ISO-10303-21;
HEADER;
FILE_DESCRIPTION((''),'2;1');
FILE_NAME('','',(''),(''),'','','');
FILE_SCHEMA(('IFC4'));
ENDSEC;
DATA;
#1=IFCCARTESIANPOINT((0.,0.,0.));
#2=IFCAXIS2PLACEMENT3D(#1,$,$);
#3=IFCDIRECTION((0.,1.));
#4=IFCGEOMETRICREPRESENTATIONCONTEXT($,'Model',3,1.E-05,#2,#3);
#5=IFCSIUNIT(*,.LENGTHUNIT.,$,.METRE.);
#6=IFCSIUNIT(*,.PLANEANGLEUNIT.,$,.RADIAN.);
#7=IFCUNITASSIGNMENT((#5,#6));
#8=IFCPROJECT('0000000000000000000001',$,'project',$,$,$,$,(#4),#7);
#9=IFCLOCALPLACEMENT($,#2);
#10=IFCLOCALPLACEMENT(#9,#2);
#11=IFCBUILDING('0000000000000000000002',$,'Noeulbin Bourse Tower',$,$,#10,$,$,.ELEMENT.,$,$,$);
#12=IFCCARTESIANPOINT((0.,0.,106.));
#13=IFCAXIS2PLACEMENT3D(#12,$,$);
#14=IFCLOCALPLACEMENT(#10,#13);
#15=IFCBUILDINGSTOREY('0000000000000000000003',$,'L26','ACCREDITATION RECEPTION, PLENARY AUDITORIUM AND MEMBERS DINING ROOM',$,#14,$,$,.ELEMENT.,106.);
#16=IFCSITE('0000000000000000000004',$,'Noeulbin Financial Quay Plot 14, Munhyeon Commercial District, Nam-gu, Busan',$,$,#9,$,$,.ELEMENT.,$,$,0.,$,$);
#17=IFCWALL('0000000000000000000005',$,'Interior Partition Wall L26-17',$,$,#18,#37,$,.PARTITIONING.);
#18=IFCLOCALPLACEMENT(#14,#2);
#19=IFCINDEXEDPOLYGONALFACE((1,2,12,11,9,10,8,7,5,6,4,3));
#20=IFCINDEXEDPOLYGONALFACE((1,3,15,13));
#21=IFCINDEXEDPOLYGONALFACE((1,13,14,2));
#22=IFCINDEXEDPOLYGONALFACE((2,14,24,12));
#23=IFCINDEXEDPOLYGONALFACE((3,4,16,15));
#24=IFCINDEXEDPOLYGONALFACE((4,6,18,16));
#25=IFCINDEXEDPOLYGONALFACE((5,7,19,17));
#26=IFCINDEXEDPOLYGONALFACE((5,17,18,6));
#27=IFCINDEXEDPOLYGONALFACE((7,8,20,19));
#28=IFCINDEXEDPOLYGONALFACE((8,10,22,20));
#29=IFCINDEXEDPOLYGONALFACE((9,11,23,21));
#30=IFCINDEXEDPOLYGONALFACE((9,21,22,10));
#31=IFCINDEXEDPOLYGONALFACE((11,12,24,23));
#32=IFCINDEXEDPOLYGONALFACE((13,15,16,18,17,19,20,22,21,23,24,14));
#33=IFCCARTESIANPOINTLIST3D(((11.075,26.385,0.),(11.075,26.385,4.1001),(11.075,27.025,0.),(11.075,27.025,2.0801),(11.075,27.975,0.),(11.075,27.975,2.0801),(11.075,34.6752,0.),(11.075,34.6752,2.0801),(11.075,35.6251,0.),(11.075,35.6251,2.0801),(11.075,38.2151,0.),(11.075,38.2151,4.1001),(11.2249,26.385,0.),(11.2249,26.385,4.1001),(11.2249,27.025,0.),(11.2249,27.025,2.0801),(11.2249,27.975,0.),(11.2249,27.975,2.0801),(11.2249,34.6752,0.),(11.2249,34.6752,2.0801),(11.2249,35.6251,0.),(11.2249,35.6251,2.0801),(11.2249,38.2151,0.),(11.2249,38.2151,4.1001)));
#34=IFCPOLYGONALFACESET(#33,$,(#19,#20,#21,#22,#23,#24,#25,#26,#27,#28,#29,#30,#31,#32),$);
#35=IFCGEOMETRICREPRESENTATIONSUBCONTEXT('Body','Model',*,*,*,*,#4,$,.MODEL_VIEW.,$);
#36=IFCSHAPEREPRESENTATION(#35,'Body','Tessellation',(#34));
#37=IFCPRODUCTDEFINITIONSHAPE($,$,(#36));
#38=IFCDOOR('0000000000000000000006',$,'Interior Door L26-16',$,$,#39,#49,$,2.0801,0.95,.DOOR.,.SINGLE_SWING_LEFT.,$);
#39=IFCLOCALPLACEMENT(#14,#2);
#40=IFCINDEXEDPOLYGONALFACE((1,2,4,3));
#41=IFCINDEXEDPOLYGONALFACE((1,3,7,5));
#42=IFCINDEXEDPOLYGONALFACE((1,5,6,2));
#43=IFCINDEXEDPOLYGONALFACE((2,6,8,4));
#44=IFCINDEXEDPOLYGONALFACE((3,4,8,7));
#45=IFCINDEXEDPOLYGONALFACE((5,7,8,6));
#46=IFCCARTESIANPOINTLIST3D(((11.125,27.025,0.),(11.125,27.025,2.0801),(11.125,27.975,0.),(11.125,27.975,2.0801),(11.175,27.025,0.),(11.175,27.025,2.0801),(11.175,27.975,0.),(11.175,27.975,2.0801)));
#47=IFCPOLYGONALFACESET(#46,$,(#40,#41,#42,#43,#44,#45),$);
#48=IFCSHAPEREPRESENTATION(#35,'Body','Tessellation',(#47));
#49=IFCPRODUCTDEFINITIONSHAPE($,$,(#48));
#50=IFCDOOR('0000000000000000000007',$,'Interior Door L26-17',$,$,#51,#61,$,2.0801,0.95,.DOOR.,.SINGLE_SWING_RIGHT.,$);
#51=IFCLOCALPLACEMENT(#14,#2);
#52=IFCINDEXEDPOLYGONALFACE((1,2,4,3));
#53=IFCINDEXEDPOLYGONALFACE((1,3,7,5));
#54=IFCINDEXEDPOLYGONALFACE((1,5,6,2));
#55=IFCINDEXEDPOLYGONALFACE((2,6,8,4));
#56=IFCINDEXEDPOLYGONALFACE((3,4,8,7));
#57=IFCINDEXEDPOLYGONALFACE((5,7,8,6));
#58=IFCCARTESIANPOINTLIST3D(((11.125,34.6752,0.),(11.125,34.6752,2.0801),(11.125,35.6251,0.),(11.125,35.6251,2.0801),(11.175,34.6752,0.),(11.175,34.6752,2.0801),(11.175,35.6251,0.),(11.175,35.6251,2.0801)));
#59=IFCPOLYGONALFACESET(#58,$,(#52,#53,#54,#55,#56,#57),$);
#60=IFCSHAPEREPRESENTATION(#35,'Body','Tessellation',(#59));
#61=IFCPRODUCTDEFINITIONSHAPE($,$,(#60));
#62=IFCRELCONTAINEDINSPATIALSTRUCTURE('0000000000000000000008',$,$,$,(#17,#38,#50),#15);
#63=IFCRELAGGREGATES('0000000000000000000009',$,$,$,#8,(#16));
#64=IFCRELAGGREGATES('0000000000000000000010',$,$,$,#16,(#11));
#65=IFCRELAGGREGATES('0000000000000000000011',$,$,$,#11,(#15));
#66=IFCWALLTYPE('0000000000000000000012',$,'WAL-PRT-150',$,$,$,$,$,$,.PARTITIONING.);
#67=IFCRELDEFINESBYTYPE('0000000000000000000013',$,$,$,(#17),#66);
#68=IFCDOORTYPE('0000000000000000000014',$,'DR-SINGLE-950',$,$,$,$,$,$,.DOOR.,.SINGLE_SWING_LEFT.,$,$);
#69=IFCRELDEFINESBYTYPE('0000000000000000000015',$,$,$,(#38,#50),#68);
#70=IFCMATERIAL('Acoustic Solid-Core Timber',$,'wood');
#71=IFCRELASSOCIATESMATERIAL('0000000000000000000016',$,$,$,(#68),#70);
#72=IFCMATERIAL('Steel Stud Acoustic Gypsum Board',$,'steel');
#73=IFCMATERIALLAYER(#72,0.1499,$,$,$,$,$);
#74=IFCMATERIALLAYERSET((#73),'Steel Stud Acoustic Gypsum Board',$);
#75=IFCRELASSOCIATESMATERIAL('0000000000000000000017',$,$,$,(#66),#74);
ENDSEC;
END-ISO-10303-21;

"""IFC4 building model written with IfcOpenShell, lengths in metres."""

from ifc_helpers import new_model, si_unit, direction, frame, frame_2d, origin, place, context, subcontext, project, spatial, rectangle, extrude, material, layer, layer_set, type_object, element, fill, save


model = new_model("IFC4")

# Units and contexts
model_context = context("Model", 3, precision=1e-05, world=origin(), true_north=direction((0.0, 1.0)))
body_context = subcontext(model_context, "Body", "Model", "MODEL_VIEW")
ifc_project = project(units=[si_unit("LENGTHUNIT", "METRE"), si_unit("PLANEANGLEUNIT", "RADIAN")], contexts=[model_context])

# Site, building, storey
site_placement = place(None, origin())
site = spatial("IfcSite", under=ifc_project, at=site_placement, Name="Noeulbin Financial Quay Plot 14, Munhyeon Commercial District, Nam-gu, Busan", CompositionType="ELEMENT", RefElevation=0.0)
building_placement = place(site_placement, origin())
building = spatial("IfcBuilding", under=site, at=building_placement, Name="Noeulbin Bourse Tower", CompositionType="ELEMENT")
storey_placement = place(building_placement, frame((0.0, 0.0, 106.0)))
storey = spatial("IfcBuildingStorey", under=building, at=storey_placement, Name="L26", Description="ACCREDITATION RECEPTION, PLENARY AUDITORIUM AND MEMBERS DINING ROOM", CompositionType="ELEMENT", Elevation=106.0)

# Wall, openings, doors
ifc_material_1 = material(Name="Acoustic Solid-Core Timber", Category="wood")
door_type_1 = type_object("IfcDoorType", Name="DR-SINGLE-950", OperationType="SINGLE_SWING_LEFT", PredefinedType="DOOR", material=ifc_material_1)
ifc_material_2 = material(Name="Steel Stud Acoustic Gypsum Board", Category="steel")
ifc_layer_1 = layer(ifc_material_2, 0.1499)
ifc_layer_set_1 = layer_set([ifc_layer_1], Name="Steel Stud Acoustic Gypsum Board")
wall_type_1 = type_object("IfcWallType", Name="WAL-PRT-150", PredefinedType="PARTITIONING", material=ifc_layer_set_1)
wall_1_placement = place(storey_placement, frame((11.1499, 26.385, 0.0), z_axis=(0.0, 0.0, 1.0), x_axis=(0.0, 1.0, 0.0)))
wall_1 = element("IfcWall", 1, at=wall_1_placement, inside=storey, type_object=wall_type_1, Name="Interior Partition Wall L26-17", PredefinedType="PARTITIONING", context=body_context, shape_type="SweptSolid", body=[
    extrude(rectangle(XDim=11.8301, YDim=0.1499, at=frame_2d((5.915, 0.0))), origin(), (0.0, 0.0, 1.0), 4.1001),
])
opening_1_placement = place(wall_1_placement, frame((0.6399, 0.0, 0.0)))
opening_1 = element("IfcOpeningElement", 2, at=opening_1_placement, cuts=wall_1, PredefinedType="OPENING", context=body_context, shape_type="SweptSolid", body=[
    extrude(rectangle(XDim=0.95, YDim=2.0801, at=frame_2d((0.4751, 1.04))), frame((0.0, 0.085, 0.0), z_axis=(0.0, -1.0, 0.0), x_axis=(1.0, 0.0, 0.0)), (0.0, 0.0, 1.0), 0.1699),
])
opening_2_placement = place(wall_1_placement, frame((8.29, 0.0, 0.0)))
opening_2 = element("IfcOpeningElement", 3, at=opening_2_placement, cuts=wall_1, PredefinedType="OPENING", context=body_context, shape_type="SweptSolid", body=[
    extrude(rectangle(XDim=0.95, YDim=2.0801, at=frame_2d((0.4751, 1.04))), frame((0.0, 0.085, 0.0), z_axis=(0.0, -1.0, 0.0), x_axis=(1.0, 0.0, 0.0)), (0.0, 0.0, 1.0), 0.1699),
])
door_1_placement = place(opening_1_placement, origin())
door_1 = element("IfcDoor", 4, at=door_1_placement, inside=storey, type_object=door_type_1, Name="Interior Door L26-16", OperationType="SINGLE_SWING_LEFT", OverallHeight=2.0801, OverallWidth=0.95, PredefinedType="DOOR", context=body_context, shape_type="SweptSolid", body=[
    extrude(rectangle(XDim=0.95, YDim=2.0801, at=frame_2d((0.4751, 1.04))), frame((0.0, 0.0249, 0.0), z_axis=(0.0, -1.0, 0.0), x_axis=(1.0, 0.0, 0.0)), (0.0, 0.0, 1.0), 0.05),
])
fill(opening_1, door_1)
door_2_placement = place(opening_2_placement, origin())
door_2 = element("IfcDoor", 5, at=door_2_placement, inside=storey, type_object=door_type_1, Name="Interior Door L26-17", OperationType="SINGLE_SWING_RIGHT", OverallHeight=2.0801, OverallWidth=0.95, PredefinedType="DOOR", context=body_context, shape_type="SweptSolid", body=[
    extrude(rectangle(XDim=0.95, YDim=2.0801, at=frame_2d((0.4751, 1.04))), frame((0.0, 0.0249, 0.0), z_axis=(0.0, -1.0, 0.0), x_axis=(1.0, 0.0, 0.0)), (0.0, 0.0, 1.0), 0.05),
])
fill(opening_2, door_2)

save(model, "model.ifc")
